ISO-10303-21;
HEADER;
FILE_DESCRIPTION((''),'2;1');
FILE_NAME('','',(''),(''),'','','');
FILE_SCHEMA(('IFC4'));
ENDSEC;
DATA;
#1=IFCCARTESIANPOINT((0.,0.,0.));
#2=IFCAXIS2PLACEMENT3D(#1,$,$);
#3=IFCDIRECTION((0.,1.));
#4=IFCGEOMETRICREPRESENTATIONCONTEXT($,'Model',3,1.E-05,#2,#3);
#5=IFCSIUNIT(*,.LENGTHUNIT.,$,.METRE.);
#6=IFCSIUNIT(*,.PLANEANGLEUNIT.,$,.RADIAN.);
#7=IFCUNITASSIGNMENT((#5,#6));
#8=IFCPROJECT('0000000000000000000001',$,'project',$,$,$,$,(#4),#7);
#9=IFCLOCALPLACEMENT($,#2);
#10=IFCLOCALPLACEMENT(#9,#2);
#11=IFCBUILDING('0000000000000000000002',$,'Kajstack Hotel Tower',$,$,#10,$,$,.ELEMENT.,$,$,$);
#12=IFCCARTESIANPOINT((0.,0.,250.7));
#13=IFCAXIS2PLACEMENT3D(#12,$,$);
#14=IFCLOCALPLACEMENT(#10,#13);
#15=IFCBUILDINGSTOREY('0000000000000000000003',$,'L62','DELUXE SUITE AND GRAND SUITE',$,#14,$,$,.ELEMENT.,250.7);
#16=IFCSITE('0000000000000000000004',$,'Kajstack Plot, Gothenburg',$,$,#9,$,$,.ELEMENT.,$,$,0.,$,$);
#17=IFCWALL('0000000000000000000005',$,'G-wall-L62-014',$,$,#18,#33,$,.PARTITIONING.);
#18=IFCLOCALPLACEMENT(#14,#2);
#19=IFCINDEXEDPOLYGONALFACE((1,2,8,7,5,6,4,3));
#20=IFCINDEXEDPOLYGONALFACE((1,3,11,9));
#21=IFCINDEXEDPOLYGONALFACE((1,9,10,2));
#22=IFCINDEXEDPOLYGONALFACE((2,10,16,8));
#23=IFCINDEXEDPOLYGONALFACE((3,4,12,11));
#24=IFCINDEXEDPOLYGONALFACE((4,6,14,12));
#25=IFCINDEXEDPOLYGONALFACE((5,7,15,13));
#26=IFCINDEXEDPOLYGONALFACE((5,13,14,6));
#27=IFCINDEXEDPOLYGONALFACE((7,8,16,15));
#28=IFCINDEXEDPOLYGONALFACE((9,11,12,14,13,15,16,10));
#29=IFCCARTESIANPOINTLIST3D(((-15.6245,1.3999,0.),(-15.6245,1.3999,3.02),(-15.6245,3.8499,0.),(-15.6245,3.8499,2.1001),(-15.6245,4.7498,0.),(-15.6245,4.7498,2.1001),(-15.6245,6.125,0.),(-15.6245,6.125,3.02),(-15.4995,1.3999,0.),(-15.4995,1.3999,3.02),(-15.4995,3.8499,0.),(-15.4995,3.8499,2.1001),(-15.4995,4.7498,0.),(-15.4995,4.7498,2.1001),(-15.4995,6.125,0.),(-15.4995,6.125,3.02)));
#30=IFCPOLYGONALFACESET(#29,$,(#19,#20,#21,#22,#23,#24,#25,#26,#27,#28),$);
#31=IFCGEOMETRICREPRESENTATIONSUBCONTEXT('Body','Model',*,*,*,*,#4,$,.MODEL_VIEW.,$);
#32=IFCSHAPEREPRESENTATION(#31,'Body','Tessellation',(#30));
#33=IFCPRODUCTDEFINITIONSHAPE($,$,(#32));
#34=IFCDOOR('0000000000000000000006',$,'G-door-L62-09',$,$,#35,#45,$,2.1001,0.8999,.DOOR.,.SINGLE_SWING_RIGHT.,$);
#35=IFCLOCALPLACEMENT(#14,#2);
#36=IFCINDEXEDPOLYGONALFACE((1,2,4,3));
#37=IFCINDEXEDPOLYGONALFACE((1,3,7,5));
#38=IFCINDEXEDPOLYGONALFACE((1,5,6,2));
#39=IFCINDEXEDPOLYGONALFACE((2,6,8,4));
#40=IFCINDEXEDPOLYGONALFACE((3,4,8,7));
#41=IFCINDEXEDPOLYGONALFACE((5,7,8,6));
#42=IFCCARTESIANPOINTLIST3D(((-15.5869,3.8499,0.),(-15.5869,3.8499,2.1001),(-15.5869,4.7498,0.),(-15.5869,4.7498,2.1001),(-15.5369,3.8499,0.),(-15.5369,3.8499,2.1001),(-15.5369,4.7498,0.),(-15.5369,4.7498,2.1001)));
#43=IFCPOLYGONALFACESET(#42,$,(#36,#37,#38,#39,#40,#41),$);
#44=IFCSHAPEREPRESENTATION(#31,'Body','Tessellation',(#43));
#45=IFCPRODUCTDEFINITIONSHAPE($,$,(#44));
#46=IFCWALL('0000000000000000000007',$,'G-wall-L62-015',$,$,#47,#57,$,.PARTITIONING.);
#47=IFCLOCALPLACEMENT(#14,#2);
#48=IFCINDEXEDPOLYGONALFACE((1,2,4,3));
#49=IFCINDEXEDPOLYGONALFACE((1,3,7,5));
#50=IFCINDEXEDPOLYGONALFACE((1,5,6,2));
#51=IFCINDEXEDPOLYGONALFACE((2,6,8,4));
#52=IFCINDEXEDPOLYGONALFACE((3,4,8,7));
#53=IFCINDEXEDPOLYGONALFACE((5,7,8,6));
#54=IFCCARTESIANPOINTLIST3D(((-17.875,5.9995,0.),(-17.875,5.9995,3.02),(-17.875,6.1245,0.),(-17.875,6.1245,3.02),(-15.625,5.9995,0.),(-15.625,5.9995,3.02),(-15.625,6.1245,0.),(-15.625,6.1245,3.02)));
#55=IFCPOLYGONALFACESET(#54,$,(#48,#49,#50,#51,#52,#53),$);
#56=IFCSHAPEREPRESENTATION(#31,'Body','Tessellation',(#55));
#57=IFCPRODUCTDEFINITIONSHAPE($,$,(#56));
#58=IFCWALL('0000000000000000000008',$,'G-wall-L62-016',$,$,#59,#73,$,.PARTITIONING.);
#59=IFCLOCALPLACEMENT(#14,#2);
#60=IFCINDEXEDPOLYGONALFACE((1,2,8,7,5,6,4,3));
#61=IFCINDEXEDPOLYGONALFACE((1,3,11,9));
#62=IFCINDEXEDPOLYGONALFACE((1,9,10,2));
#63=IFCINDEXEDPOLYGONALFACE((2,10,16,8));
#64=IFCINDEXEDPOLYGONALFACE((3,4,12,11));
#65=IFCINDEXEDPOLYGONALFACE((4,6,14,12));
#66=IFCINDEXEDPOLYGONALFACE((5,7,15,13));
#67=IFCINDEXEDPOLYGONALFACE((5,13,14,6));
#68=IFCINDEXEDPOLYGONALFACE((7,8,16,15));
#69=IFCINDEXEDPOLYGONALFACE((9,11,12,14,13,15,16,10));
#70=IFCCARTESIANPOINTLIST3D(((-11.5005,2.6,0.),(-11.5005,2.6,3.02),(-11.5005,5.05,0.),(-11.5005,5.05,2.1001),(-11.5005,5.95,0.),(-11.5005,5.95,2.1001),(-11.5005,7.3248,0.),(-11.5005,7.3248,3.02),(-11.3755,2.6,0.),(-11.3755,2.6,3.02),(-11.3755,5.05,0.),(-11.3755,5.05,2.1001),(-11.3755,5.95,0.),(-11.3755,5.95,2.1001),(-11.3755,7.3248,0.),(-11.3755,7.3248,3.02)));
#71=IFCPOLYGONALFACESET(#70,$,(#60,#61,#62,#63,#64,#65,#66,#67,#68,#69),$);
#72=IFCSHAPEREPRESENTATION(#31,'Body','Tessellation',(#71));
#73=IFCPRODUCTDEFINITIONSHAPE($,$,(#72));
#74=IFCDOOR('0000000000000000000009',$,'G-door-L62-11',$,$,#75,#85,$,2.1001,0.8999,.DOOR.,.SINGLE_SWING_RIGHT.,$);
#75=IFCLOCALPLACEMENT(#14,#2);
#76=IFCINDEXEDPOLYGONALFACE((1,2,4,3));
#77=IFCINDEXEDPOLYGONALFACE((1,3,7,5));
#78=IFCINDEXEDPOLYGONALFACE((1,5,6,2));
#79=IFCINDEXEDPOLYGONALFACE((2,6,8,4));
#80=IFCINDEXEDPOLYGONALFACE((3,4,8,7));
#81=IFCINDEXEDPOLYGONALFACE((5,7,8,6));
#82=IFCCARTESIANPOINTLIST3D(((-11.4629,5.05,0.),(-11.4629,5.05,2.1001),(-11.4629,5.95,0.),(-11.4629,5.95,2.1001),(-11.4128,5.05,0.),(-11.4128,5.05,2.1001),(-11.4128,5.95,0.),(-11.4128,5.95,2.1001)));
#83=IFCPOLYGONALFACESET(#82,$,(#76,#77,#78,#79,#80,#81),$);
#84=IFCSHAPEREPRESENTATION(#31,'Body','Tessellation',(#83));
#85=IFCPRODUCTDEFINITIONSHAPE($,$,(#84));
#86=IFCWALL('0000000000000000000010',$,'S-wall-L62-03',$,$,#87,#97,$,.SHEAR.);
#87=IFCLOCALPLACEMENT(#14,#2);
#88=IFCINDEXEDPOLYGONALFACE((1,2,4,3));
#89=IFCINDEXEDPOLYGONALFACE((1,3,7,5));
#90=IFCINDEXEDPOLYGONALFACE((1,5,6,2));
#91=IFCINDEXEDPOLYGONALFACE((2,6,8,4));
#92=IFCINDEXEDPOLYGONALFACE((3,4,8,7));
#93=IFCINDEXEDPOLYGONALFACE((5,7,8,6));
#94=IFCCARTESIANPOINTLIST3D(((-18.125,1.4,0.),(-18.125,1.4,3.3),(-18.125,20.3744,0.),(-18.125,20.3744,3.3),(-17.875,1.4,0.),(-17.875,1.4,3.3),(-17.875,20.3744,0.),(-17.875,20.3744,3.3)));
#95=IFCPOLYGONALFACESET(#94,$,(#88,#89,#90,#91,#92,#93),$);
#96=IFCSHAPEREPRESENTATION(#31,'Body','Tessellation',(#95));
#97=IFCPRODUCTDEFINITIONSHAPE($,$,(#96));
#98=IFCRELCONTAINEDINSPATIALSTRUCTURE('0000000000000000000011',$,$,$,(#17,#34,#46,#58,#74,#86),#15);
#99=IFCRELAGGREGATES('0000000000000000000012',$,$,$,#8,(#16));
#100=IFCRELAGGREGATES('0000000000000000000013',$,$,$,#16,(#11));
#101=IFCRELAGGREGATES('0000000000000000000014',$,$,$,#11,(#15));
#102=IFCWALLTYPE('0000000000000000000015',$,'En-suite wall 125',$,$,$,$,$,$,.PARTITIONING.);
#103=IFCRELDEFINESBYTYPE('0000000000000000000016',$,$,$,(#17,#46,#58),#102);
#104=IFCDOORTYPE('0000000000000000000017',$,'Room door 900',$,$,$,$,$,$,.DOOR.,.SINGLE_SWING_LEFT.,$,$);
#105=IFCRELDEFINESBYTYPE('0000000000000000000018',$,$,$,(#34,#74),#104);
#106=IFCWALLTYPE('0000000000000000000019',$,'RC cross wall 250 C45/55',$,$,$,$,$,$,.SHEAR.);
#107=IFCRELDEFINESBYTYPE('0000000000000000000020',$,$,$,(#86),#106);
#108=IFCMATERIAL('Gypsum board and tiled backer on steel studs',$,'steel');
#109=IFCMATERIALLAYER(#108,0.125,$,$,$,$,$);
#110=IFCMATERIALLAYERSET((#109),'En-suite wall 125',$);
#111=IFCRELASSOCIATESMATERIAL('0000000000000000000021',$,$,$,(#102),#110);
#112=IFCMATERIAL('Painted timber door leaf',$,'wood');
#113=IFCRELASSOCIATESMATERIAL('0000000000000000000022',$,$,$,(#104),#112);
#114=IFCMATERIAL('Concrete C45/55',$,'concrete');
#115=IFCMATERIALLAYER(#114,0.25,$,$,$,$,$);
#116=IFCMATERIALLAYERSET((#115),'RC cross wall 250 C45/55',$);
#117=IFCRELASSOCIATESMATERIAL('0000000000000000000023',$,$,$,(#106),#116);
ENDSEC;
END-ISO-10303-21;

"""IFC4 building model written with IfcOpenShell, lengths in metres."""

from ifc_helpers import new_model, si_unit, direction, frame, frame_2d, origin, place, context, subcontext, project, spatial, rectangle, extrude, material, layer, layer_set, type_object, element, fill, save


model = new_model("IFC4")

# Units and contexts
model_context = context("Model", 3, precision=1e-05, world=origin(), true_north=direction((0.0, 1.0)))
body_context = subcontext(model_context, "Body", "Model", "MODEL_VIEW")
ifc_project = project(units=[si_unit("LENGTHUNIT", "METRE"), si_unit("PLANEANGLEUNIT", "RADIAN")], contexts=[model_context])

# Site, building, storey
site_placement = place(None, origin())
site = spatial("IfcSite", under=ifc_project, at=site_placement, Name="Kajstack Plot, Gothenburg", CompositionType="ELEMENT", RefElevation=0.0)
building_placement = place(site_placement, origin())
building = spatial("IfcBuilding", under=site, at=building_placement, Name="Kajstack Hotel Tower", CompositionType="ELEMENT")
storey_placement = place(building_placement, frame((0.0, 0.0, 250.7)))
storey = spatial("IfcBuildingStorey", under=building, at=storey_placement, Name="L62", Description="DELUXE SUITE AND GRAND SUITE", CompositionType="ELEMENT", Elevation=250.7)

# Shared definitions
ifc_material_1 = material(Name="Gypsum board and tiled backer on steel studs", Category="steel")
ifc_layer_1 = layer(ifc_material_1, 0.125)
ifc_layer_set_1 = layer_set([ifc_layer_1], Name="En-suite wall 125")
wall_type_1 = type_object("IfcWallType", Name="En-suite wall 125", PredefinedType="PARTITIONING", material=ifc_layer_set_1)
ifc_material_2 = material(Name="Painted timber door leaf", Category="wood")
door_type_1 = type_object("IfcDoorType", Name="Room door 900", OperationType="SINGLE_SWING_LEFT", PredefinedType="DOOR", material=ifc_material_2)

# Wall, opening, door
wall_1_placement = place(storey_placement, frame((-15.562, 1.3999, 0.0), z_axis=(0.0, 0.0, 1.0), x_axis=(0.0, 1.0, 0.0)))
wall_1 = element("IfcWall", 1, at=wall_1_placement, inside=storey, type_object=wall_type_1, Name="G-wall-L62-014", PredefinedType="PARTITIONING", context=body_context, shape_type="SweptSolid", body=[
    extrude(rectangle(XDim=4.7251, YDim=0.125, at=frame_2d((2.3625, 0.0))), origin(), (0.0, 0.0, 1.0), 3.02),
])
opening_1_placement = place(wall_1_placement, frame((2.45, 0.0, 0.0)))
opening_1 = element("IfcOpeningElement", 2, at=opening_1_placement, cuts=wall_1, PredefinedType="OPENING", context=body_context, shape_type="SweptSolid", body=[
    extrude(rectangle(XDim=0.8999, YDim=2.1001, at=frame_2d((0.45, 1.05))), frame((0.0, 0.0725, 0.0), z_axis=(0.0, -1.0, 0.0), x_axis=(1.0, 0.0, 0.0)), (0.0, 0.0, 1.0), 0.145),
])
door_1_placement = place(opening_1_placement, origin())
door_1 = element("IfcDoor", 3, at=door_1_placement, inside=storey, type_object=door_type_1, Name="G-door-L62-09", OperationType="SINGLE_SWING_RIGHT", OverallHeight=2.1001, OverallWidth=0.8999, PredefinedType="DOOR", context=body_context, shape_type="SweptSolid", body=[
    extrude(rectangle(XDim=0.8999, YDim=2.1001, at=frame_2d((0.45, 1.05))), frame((0.0, 0.0249, 0.0), z_axis=(0.0, -1.0, 0.0), x_axis=(1.0, 0.0, 0.0)), (0.0, 0.0, 1.0), 0.05),
])
fill(opening_1, door_1)

# Wall
wall_2_placement = place(storey_placement, frame((-17.875, 6.062, 0.0), z_axis=(0.0, 0.0, 1.0), x_axis=(1.0, 0.0, 0.0)))
element("IfcWall", 4, at=wall_2_placement, inside=storey, type_object=wall_type_1, Name="G-wall-L62-015", PredefinedType="PARTITIONING", context=body_context, shape_type="SweptSolid", body=[
    extrude(rectangle(XDim=2.25, YDim=0.125, at=frame_2d((1.125, 0.0))), origin(), (0.0, 0.0, 1.0), 3.02),
])

# Wall, opening, door
wall_3_placement = place(storey_placement, frame((-11.438, 2.6001, 0.0), z_axis=(0.0, 0.0, 1.0), x_axis=(0.0, 1.0, 0.0)))
wall_3 = element("IfcWall", 5, at=wall_3_placement, inside=storey, type_object=wall_type_1, Name="G-wall-L62-016", PredefinedType="PARTITIONING", context=body_context, shape_type="SweptSolid", body=[
    extrude(rectangle(XDim=4.7249, YDim=0.125, at=frame_2d((2.3623, 0.0))), origin(), (0.0, 0.0, 1.0), 3.02),
])
opening_2_placement = place(wall_3_placement, frame((2.45, 0.0, 0.0)))
opening_2 = element("IfcOpeningElement", 6, at=opening_2_placement, cuts=wall_3, PredefinedType="OPENING", context=body_context, shape_type="SweptSolid", body=[
    extrude(rectangle(XDim=0.8999, YDim=2.1001, at=frame_2d((0.45, 1.05))), frame((0.0, 0.0725, 0.0), z_axis=(0.0, -1.0, 0.0), x_axis=(1.0, 0.0, 0.0)), (0.0, 0.0, 1.0), 0.145),
])
door_2_placement = place(opening_2_placement, origin())
door_2 = element("IfcDoor", 7, at=door_2_placement, inside=storey, type_object=door_type_1, Name="G-door-L62-11", OperationType="SINGLE_SWING_RIGHT", OverallHeight=2.1001, OverallWidth=0.8999, PredefinedType="DOOR", context=body_context, shape_type="SweptSolid", body=[
    extrude(rectangle(XDim=0.8999, YDim=2.1001, at=frame_2d((0.45, 1.05))), frame((0.0, 0.0249, 0.0), z_axis=(0.0, -1.0, 0.0), x_axis=(1.0, 0.0, 0.0)), (0.0, 0.0, 1.0), 0.05),
])
fill(opening_2, door_2)

# Wall
ifc_material_3 = material(Name="Concrete C45/55", Category="concrete")
ifc_layer_2 = layer(ifc_material_3, 0.25)
ifc_layer_set_2 = layer_set([ifc_layer_2], Name="RC cross wall 250 C45/55")
wall_type_2 = type_object("IfcWallType", Name="RC cross wall 250 C45/55", PredefinedType="SHEAR", material=ifc_layer_set_2)
wall_4_placement = place(storey_placement, frame((-18.0, 1.3999, 0.0), z_axis=(0.0, 0.0, 1.0), x_axis=(0.0, 1.0, 0.0)))
element("IfcWall", 8, at=wall_4_placement, inside=storey, type_object=wall_type_2, Name="S-wall-L62-03", PredefinedType="SHEAR", context=body_context, shape_type="SweptSolid", body=[
    extrude(rectangle(XDim=18.9744, YDim=0.25, at=frame_2d((9.4873, 0.0))), origin(), (0.0, 0.0, 1.0), 3.3),
])

save(model, "model.ifc")
